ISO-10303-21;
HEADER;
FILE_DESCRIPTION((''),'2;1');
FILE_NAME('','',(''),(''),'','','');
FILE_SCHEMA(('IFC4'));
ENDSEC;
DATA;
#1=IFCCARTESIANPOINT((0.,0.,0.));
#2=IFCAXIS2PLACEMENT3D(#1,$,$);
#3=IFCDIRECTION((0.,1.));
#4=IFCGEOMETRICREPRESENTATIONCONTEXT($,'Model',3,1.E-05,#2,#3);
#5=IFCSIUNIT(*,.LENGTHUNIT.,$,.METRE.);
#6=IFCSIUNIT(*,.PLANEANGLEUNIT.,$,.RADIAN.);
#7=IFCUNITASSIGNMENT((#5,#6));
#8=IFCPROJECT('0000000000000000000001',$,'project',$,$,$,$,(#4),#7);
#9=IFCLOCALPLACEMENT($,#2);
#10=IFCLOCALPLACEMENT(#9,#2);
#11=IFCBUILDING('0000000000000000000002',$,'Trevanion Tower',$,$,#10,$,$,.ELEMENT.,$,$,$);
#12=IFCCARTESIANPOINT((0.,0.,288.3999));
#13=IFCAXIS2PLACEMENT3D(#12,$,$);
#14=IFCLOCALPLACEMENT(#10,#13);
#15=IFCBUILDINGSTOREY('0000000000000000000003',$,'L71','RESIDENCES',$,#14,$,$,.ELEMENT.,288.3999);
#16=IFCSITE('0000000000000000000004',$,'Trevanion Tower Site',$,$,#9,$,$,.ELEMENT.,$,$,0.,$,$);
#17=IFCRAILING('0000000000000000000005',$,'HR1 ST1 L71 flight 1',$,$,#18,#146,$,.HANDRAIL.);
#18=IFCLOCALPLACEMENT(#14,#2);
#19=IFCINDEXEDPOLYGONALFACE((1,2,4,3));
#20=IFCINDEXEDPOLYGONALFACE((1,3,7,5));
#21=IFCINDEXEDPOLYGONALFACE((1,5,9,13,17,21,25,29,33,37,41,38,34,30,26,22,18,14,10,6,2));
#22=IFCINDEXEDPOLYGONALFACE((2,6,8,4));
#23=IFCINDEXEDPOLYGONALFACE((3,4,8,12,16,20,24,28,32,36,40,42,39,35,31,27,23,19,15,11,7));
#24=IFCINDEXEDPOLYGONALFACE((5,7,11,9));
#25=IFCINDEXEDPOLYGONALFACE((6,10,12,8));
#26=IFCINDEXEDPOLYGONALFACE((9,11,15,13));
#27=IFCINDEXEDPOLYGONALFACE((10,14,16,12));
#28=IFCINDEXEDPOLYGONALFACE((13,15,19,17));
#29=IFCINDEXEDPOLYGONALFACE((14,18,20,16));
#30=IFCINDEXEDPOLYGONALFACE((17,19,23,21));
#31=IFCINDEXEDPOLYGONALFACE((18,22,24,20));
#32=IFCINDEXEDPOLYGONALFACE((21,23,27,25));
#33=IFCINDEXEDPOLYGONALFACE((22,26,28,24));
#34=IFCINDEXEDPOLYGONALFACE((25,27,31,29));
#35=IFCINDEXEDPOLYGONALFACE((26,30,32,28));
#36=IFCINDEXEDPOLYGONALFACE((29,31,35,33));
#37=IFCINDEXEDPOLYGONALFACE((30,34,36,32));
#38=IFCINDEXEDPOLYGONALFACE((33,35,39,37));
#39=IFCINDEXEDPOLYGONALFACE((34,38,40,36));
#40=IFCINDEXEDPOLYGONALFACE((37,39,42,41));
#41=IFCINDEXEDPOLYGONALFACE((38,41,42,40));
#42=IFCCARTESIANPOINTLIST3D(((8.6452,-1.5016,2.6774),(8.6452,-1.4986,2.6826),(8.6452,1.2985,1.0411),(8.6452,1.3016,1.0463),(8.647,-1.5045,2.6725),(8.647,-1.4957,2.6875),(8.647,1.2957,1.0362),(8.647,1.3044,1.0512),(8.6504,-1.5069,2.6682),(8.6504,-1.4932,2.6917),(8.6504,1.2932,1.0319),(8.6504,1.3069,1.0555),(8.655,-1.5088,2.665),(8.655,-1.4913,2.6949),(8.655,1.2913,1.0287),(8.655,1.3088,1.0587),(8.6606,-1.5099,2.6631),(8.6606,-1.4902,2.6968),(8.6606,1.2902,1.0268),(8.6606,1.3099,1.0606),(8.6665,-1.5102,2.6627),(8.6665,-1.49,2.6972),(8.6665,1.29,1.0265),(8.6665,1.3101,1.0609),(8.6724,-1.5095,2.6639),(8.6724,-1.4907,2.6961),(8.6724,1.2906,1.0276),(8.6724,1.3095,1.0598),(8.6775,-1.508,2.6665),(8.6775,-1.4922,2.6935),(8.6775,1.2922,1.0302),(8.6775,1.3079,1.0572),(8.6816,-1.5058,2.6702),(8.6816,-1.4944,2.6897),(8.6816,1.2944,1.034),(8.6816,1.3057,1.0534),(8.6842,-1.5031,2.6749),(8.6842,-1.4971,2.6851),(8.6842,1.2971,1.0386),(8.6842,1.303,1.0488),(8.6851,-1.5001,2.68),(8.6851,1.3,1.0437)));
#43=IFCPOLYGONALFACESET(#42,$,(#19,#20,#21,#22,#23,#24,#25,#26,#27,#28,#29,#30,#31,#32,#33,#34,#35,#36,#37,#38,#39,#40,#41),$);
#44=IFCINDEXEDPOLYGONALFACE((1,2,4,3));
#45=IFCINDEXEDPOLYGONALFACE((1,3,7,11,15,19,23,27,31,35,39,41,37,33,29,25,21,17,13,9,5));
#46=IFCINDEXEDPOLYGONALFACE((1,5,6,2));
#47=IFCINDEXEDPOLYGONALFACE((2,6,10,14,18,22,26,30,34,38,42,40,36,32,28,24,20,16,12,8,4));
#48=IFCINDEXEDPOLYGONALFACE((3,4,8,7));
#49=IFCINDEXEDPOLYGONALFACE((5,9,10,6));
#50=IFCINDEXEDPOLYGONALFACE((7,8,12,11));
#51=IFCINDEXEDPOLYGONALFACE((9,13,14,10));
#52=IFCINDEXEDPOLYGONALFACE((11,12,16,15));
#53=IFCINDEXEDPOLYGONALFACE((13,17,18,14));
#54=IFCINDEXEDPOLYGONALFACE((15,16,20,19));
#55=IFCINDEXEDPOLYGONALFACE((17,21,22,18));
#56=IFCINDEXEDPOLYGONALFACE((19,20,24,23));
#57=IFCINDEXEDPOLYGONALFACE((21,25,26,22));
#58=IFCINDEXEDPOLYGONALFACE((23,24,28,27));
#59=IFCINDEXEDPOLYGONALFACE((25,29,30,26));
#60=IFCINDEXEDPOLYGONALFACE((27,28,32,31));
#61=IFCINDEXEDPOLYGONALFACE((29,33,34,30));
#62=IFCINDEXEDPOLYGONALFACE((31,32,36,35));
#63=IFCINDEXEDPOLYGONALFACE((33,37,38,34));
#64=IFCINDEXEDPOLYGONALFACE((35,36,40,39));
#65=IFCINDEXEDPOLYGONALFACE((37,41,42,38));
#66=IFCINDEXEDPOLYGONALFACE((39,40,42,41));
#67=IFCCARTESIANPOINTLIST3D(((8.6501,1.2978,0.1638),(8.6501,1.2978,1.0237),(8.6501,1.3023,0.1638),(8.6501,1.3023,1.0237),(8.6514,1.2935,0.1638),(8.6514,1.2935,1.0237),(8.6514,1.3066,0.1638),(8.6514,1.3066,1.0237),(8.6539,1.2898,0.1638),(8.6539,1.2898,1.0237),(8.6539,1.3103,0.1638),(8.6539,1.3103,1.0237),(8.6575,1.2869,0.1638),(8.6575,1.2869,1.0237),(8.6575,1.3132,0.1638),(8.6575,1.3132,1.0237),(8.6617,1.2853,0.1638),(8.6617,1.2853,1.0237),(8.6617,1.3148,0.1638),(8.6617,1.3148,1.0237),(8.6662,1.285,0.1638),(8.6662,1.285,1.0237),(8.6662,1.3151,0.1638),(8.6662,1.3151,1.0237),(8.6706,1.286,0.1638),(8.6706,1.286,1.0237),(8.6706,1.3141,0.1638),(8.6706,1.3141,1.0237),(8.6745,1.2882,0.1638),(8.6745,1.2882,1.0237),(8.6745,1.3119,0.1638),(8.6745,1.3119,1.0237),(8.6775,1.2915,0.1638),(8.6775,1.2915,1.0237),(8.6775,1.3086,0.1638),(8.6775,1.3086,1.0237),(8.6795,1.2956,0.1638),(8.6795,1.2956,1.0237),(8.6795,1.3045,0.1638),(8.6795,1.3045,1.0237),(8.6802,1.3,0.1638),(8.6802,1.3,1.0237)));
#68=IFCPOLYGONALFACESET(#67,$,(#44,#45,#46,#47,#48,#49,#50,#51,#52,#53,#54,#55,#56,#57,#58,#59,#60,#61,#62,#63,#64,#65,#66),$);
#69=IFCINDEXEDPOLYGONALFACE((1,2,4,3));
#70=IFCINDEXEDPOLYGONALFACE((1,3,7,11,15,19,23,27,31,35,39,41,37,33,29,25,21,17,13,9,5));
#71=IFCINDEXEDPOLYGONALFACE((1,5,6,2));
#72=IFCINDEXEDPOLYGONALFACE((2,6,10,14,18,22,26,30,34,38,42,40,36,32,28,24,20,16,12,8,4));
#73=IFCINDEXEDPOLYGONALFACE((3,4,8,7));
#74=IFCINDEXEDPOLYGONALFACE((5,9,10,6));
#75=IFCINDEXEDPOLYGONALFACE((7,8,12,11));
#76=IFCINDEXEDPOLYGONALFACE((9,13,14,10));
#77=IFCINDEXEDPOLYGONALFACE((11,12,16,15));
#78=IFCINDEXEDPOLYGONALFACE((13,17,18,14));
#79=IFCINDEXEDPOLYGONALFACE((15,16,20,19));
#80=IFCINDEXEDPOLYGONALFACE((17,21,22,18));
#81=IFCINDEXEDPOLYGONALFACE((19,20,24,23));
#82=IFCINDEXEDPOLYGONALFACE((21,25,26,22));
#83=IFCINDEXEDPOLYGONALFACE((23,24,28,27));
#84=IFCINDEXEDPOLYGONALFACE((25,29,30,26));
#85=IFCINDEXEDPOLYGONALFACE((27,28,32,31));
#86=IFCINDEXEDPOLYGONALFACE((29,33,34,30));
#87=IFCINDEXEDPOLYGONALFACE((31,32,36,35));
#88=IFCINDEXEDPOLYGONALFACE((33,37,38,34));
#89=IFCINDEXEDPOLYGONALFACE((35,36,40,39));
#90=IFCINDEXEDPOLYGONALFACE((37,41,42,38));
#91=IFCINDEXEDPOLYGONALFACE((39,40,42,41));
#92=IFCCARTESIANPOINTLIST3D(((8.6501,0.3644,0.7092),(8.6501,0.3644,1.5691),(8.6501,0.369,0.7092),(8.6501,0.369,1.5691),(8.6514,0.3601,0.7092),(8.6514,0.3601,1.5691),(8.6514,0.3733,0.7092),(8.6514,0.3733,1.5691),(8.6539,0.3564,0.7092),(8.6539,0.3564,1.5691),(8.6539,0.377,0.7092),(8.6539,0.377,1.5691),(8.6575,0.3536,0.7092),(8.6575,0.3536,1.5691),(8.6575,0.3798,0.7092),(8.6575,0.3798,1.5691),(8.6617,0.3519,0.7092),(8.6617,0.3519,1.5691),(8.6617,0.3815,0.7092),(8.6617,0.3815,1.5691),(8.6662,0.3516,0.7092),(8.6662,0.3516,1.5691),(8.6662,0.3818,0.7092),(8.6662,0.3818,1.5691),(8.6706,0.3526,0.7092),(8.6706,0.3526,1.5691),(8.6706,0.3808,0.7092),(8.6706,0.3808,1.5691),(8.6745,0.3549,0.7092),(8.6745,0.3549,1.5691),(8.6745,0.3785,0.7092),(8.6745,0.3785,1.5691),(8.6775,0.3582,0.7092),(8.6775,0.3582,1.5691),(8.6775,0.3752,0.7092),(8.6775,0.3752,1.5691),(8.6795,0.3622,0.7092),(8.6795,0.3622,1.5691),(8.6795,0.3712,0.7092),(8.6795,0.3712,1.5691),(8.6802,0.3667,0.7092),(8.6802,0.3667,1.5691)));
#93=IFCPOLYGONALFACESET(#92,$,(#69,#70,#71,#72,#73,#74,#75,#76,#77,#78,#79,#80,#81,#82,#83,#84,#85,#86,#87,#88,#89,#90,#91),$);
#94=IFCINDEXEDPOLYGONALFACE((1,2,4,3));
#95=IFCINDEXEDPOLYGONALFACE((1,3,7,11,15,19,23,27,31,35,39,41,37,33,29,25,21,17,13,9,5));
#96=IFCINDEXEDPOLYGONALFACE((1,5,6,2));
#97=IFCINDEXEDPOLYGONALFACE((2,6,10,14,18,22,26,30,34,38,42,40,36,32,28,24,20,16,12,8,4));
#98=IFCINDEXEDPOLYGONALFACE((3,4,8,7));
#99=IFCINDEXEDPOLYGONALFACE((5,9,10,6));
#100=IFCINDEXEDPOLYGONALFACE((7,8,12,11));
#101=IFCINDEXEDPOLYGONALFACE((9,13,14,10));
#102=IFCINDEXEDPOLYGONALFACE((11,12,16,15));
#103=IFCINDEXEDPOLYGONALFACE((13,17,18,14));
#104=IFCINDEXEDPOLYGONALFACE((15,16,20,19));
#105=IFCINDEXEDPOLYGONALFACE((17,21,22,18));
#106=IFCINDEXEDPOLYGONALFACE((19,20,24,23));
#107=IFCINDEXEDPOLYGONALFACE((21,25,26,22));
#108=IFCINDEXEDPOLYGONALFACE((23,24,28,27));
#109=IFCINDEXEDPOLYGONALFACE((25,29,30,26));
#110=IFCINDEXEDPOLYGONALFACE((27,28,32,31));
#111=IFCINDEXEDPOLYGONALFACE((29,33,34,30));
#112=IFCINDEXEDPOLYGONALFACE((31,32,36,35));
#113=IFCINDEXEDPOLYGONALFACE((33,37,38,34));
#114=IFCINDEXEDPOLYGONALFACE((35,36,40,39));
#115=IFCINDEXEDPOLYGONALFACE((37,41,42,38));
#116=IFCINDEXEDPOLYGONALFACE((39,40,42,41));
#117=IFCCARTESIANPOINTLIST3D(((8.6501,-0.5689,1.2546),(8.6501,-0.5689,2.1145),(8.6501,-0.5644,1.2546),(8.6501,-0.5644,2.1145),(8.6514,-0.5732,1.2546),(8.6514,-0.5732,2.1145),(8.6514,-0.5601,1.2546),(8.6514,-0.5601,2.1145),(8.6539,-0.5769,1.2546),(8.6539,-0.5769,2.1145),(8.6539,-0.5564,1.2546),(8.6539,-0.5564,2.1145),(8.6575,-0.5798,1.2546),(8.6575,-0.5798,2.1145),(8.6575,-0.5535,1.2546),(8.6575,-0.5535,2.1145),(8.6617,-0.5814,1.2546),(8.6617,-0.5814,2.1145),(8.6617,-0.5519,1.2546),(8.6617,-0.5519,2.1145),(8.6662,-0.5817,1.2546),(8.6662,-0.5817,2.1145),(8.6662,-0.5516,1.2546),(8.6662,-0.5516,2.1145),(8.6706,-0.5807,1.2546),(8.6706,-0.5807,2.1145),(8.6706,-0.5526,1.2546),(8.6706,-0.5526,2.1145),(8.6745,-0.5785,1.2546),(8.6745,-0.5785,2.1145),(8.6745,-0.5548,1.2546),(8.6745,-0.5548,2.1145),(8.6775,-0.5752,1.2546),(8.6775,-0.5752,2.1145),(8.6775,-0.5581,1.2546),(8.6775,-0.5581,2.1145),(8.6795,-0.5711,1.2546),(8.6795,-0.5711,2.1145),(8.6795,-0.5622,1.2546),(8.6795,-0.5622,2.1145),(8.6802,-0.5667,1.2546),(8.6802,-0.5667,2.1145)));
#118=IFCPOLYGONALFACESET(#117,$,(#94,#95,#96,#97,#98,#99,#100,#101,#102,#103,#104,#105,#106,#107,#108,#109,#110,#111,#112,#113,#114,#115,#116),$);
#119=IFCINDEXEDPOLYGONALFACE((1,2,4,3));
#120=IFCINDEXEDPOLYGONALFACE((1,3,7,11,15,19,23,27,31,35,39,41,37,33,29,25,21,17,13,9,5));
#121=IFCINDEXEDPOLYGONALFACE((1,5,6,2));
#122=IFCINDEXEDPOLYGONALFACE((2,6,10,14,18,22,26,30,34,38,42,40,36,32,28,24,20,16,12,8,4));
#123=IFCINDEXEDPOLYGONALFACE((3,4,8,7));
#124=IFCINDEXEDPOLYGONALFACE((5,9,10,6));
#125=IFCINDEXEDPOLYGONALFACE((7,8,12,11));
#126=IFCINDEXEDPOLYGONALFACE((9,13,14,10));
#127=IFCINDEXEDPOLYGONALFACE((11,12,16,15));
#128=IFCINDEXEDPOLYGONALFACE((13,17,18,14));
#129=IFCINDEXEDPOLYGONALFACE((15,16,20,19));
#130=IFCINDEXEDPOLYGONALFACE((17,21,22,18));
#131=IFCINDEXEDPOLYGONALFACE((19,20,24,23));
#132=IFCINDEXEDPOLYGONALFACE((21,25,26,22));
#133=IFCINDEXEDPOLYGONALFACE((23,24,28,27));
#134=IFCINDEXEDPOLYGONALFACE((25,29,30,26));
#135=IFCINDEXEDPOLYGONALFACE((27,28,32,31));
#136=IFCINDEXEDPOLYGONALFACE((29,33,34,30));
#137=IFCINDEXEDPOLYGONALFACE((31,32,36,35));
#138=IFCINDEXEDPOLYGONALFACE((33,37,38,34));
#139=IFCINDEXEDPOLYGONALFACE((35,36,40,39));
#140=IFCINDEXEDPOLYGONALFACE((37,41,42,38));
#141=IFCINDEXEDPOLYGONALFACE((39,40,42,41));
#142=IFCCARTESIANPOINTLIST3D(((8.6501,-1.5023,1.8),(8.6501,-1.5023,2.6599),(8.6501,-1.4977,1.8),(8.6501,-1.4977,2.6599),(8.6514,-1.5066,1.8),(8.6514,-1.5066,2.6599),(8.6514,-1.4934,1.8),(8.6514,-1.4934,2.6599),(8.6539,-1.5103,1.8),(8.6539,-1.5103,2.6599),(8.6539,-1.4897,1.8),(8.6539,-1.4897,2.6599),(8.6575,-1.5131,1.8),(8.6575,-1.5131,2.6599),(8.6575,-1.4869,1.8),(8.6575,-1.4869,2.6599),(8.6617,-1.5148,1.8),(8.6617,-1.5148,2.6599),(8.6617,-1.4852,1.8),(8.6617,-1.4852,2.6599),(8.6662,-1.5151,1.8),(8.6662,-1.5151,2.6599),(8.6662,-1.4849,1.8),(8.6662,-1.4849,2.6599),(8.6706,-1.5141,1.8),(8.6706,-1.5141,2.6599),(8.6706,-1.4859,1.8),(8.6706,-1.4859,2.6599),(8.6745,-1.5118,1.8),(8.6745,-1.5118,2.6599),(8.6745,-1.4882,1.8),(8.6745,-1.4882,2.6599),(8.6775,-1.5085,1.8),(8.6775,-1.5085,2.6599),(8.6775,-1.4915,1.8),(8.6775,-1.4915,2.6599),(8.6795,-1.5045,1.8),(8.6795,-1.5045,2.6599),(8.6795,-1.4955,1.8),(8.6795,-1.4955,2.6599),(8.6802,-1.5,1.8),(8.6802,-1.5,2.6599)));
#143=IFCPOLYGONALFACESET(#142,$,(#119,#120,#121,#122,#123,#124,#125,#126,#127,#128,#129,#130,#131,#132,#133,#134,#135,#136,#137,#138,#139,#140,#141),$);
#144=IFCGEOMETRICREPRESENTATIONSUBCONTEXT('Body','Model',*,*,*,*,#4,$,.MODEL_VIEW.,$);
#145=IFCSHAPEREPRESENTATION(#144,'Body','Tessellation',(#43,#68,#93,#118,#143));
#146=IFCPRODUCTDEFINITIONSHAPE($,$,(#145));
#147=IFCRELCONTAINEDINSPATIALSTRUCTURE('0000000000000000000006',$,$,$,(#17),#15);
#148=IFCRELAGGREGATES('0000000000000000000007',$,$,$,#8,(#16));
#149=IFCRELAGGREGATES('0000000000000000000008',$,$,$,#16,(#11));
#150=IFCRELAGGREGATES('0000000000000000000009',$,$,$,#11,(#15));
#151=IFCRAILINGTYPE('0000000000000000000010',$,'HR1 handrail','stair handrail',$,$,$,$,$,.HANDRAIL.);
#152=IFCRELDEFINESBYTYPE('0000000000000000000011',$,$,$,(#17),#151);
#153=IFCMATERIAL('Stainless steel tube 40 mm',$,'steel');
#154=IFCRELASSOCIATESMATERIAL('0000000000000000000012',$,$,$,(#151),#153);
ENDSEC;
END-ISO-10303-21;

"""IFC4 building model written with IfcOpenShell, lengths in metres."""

from ifc_helpers import new_model, si_unit, direction, frame, origin, origin_2d, place, context, subcontext, project, spatial, circle, extrude, material, type_object, element, save


model = new_model("IFC4")

# Units and contexts
model_context = context("Model", 3, precision=1e-05, world=origin(), true_north=direction((0.0, 1.0)))
body_context = subcontext(model_context, "Body", "Model", "MODEL_VIEW")
ifc_project = project(units=[si_unit("LENGTHUNIT", "METRE"), si_unit("PLANEANGLEUNIT", "RADIAN")], contexts=[model_context])

# Site, building, storey
site_placement = place(None, origin())
site = spatial("IfcSite", under=ifc_project, at=site_placement, Name="Trevanion Tower Site", CompositionType="ELEMENT", RefElevation=0.0)
building_placement = place(site_placement, origin())
building = spatial("IfcBuilding", under=site, at=building_placement, Name="Trevanion Tower", CompositionType="ELEMENT")
storey_placement = place(building_placement, frame((0.0, 0.0, 288.3999)))
storey = spatial("IfcBuildingStorey", under=building, at=storey_placement, Name="L71", Description="RESIDENCES", CompositionType="ELEMENT", Elevation=288.3999)

# Railing
ifc_material_1 = material(Name="Stainless steel tube 40 mm", Category="steel")
railing_type = type_object("IfcRailingType", Name="HR1 handrail", Description="stair handrail", PredefinedType="HANDRAIL", material=ifc_material_1)
for number, where, name in (
    (1, (8.665, 1.3, 0.1638), "HR1 ST1 L71 flight 1"),
):
    element("IfcRailing", number, at=place(storey_placement, frame(where)), inside=storey, type_object=railing_type, Name=name, PredefinedType="HANDRAIL", context=body_context, shape_type="SweptSolid", body=[
        extrude(circle(Radius=0.02, at=origin_2d()), frame((0.0, 0.0, 0.8799), z_axis=(0.0, -0.863394, 0.504531), x_axis=(1.0, 0.0, 0.0)), (0.0, 0.0, 1.0), 3.2432),
        extrude(circle(Radius=0.0151, at=origin_2d()), origin(), (0.0, 0.0, 1.0), 0.8599),
        extrude(circle(Radius=0.0151, at=origin_2d()), frame((0.0, -0.9333, 0.5454)), (0.0, 0.0, 1.0), 0.8599),
        extrude(circle(Radius=0.0151, at=origin_2d()), frame((0.0, -1.8667, 1.0908)), (0.0, 0.0, 1.0), 0.8599),
        extrude(circle(Radius=0.0151, at=origin_2d()), frame((0.0, -2.8, 1.6362)), (0.0, 0.0, 1.0), 0.8599),
    ])

save(model, "model.ifc")
